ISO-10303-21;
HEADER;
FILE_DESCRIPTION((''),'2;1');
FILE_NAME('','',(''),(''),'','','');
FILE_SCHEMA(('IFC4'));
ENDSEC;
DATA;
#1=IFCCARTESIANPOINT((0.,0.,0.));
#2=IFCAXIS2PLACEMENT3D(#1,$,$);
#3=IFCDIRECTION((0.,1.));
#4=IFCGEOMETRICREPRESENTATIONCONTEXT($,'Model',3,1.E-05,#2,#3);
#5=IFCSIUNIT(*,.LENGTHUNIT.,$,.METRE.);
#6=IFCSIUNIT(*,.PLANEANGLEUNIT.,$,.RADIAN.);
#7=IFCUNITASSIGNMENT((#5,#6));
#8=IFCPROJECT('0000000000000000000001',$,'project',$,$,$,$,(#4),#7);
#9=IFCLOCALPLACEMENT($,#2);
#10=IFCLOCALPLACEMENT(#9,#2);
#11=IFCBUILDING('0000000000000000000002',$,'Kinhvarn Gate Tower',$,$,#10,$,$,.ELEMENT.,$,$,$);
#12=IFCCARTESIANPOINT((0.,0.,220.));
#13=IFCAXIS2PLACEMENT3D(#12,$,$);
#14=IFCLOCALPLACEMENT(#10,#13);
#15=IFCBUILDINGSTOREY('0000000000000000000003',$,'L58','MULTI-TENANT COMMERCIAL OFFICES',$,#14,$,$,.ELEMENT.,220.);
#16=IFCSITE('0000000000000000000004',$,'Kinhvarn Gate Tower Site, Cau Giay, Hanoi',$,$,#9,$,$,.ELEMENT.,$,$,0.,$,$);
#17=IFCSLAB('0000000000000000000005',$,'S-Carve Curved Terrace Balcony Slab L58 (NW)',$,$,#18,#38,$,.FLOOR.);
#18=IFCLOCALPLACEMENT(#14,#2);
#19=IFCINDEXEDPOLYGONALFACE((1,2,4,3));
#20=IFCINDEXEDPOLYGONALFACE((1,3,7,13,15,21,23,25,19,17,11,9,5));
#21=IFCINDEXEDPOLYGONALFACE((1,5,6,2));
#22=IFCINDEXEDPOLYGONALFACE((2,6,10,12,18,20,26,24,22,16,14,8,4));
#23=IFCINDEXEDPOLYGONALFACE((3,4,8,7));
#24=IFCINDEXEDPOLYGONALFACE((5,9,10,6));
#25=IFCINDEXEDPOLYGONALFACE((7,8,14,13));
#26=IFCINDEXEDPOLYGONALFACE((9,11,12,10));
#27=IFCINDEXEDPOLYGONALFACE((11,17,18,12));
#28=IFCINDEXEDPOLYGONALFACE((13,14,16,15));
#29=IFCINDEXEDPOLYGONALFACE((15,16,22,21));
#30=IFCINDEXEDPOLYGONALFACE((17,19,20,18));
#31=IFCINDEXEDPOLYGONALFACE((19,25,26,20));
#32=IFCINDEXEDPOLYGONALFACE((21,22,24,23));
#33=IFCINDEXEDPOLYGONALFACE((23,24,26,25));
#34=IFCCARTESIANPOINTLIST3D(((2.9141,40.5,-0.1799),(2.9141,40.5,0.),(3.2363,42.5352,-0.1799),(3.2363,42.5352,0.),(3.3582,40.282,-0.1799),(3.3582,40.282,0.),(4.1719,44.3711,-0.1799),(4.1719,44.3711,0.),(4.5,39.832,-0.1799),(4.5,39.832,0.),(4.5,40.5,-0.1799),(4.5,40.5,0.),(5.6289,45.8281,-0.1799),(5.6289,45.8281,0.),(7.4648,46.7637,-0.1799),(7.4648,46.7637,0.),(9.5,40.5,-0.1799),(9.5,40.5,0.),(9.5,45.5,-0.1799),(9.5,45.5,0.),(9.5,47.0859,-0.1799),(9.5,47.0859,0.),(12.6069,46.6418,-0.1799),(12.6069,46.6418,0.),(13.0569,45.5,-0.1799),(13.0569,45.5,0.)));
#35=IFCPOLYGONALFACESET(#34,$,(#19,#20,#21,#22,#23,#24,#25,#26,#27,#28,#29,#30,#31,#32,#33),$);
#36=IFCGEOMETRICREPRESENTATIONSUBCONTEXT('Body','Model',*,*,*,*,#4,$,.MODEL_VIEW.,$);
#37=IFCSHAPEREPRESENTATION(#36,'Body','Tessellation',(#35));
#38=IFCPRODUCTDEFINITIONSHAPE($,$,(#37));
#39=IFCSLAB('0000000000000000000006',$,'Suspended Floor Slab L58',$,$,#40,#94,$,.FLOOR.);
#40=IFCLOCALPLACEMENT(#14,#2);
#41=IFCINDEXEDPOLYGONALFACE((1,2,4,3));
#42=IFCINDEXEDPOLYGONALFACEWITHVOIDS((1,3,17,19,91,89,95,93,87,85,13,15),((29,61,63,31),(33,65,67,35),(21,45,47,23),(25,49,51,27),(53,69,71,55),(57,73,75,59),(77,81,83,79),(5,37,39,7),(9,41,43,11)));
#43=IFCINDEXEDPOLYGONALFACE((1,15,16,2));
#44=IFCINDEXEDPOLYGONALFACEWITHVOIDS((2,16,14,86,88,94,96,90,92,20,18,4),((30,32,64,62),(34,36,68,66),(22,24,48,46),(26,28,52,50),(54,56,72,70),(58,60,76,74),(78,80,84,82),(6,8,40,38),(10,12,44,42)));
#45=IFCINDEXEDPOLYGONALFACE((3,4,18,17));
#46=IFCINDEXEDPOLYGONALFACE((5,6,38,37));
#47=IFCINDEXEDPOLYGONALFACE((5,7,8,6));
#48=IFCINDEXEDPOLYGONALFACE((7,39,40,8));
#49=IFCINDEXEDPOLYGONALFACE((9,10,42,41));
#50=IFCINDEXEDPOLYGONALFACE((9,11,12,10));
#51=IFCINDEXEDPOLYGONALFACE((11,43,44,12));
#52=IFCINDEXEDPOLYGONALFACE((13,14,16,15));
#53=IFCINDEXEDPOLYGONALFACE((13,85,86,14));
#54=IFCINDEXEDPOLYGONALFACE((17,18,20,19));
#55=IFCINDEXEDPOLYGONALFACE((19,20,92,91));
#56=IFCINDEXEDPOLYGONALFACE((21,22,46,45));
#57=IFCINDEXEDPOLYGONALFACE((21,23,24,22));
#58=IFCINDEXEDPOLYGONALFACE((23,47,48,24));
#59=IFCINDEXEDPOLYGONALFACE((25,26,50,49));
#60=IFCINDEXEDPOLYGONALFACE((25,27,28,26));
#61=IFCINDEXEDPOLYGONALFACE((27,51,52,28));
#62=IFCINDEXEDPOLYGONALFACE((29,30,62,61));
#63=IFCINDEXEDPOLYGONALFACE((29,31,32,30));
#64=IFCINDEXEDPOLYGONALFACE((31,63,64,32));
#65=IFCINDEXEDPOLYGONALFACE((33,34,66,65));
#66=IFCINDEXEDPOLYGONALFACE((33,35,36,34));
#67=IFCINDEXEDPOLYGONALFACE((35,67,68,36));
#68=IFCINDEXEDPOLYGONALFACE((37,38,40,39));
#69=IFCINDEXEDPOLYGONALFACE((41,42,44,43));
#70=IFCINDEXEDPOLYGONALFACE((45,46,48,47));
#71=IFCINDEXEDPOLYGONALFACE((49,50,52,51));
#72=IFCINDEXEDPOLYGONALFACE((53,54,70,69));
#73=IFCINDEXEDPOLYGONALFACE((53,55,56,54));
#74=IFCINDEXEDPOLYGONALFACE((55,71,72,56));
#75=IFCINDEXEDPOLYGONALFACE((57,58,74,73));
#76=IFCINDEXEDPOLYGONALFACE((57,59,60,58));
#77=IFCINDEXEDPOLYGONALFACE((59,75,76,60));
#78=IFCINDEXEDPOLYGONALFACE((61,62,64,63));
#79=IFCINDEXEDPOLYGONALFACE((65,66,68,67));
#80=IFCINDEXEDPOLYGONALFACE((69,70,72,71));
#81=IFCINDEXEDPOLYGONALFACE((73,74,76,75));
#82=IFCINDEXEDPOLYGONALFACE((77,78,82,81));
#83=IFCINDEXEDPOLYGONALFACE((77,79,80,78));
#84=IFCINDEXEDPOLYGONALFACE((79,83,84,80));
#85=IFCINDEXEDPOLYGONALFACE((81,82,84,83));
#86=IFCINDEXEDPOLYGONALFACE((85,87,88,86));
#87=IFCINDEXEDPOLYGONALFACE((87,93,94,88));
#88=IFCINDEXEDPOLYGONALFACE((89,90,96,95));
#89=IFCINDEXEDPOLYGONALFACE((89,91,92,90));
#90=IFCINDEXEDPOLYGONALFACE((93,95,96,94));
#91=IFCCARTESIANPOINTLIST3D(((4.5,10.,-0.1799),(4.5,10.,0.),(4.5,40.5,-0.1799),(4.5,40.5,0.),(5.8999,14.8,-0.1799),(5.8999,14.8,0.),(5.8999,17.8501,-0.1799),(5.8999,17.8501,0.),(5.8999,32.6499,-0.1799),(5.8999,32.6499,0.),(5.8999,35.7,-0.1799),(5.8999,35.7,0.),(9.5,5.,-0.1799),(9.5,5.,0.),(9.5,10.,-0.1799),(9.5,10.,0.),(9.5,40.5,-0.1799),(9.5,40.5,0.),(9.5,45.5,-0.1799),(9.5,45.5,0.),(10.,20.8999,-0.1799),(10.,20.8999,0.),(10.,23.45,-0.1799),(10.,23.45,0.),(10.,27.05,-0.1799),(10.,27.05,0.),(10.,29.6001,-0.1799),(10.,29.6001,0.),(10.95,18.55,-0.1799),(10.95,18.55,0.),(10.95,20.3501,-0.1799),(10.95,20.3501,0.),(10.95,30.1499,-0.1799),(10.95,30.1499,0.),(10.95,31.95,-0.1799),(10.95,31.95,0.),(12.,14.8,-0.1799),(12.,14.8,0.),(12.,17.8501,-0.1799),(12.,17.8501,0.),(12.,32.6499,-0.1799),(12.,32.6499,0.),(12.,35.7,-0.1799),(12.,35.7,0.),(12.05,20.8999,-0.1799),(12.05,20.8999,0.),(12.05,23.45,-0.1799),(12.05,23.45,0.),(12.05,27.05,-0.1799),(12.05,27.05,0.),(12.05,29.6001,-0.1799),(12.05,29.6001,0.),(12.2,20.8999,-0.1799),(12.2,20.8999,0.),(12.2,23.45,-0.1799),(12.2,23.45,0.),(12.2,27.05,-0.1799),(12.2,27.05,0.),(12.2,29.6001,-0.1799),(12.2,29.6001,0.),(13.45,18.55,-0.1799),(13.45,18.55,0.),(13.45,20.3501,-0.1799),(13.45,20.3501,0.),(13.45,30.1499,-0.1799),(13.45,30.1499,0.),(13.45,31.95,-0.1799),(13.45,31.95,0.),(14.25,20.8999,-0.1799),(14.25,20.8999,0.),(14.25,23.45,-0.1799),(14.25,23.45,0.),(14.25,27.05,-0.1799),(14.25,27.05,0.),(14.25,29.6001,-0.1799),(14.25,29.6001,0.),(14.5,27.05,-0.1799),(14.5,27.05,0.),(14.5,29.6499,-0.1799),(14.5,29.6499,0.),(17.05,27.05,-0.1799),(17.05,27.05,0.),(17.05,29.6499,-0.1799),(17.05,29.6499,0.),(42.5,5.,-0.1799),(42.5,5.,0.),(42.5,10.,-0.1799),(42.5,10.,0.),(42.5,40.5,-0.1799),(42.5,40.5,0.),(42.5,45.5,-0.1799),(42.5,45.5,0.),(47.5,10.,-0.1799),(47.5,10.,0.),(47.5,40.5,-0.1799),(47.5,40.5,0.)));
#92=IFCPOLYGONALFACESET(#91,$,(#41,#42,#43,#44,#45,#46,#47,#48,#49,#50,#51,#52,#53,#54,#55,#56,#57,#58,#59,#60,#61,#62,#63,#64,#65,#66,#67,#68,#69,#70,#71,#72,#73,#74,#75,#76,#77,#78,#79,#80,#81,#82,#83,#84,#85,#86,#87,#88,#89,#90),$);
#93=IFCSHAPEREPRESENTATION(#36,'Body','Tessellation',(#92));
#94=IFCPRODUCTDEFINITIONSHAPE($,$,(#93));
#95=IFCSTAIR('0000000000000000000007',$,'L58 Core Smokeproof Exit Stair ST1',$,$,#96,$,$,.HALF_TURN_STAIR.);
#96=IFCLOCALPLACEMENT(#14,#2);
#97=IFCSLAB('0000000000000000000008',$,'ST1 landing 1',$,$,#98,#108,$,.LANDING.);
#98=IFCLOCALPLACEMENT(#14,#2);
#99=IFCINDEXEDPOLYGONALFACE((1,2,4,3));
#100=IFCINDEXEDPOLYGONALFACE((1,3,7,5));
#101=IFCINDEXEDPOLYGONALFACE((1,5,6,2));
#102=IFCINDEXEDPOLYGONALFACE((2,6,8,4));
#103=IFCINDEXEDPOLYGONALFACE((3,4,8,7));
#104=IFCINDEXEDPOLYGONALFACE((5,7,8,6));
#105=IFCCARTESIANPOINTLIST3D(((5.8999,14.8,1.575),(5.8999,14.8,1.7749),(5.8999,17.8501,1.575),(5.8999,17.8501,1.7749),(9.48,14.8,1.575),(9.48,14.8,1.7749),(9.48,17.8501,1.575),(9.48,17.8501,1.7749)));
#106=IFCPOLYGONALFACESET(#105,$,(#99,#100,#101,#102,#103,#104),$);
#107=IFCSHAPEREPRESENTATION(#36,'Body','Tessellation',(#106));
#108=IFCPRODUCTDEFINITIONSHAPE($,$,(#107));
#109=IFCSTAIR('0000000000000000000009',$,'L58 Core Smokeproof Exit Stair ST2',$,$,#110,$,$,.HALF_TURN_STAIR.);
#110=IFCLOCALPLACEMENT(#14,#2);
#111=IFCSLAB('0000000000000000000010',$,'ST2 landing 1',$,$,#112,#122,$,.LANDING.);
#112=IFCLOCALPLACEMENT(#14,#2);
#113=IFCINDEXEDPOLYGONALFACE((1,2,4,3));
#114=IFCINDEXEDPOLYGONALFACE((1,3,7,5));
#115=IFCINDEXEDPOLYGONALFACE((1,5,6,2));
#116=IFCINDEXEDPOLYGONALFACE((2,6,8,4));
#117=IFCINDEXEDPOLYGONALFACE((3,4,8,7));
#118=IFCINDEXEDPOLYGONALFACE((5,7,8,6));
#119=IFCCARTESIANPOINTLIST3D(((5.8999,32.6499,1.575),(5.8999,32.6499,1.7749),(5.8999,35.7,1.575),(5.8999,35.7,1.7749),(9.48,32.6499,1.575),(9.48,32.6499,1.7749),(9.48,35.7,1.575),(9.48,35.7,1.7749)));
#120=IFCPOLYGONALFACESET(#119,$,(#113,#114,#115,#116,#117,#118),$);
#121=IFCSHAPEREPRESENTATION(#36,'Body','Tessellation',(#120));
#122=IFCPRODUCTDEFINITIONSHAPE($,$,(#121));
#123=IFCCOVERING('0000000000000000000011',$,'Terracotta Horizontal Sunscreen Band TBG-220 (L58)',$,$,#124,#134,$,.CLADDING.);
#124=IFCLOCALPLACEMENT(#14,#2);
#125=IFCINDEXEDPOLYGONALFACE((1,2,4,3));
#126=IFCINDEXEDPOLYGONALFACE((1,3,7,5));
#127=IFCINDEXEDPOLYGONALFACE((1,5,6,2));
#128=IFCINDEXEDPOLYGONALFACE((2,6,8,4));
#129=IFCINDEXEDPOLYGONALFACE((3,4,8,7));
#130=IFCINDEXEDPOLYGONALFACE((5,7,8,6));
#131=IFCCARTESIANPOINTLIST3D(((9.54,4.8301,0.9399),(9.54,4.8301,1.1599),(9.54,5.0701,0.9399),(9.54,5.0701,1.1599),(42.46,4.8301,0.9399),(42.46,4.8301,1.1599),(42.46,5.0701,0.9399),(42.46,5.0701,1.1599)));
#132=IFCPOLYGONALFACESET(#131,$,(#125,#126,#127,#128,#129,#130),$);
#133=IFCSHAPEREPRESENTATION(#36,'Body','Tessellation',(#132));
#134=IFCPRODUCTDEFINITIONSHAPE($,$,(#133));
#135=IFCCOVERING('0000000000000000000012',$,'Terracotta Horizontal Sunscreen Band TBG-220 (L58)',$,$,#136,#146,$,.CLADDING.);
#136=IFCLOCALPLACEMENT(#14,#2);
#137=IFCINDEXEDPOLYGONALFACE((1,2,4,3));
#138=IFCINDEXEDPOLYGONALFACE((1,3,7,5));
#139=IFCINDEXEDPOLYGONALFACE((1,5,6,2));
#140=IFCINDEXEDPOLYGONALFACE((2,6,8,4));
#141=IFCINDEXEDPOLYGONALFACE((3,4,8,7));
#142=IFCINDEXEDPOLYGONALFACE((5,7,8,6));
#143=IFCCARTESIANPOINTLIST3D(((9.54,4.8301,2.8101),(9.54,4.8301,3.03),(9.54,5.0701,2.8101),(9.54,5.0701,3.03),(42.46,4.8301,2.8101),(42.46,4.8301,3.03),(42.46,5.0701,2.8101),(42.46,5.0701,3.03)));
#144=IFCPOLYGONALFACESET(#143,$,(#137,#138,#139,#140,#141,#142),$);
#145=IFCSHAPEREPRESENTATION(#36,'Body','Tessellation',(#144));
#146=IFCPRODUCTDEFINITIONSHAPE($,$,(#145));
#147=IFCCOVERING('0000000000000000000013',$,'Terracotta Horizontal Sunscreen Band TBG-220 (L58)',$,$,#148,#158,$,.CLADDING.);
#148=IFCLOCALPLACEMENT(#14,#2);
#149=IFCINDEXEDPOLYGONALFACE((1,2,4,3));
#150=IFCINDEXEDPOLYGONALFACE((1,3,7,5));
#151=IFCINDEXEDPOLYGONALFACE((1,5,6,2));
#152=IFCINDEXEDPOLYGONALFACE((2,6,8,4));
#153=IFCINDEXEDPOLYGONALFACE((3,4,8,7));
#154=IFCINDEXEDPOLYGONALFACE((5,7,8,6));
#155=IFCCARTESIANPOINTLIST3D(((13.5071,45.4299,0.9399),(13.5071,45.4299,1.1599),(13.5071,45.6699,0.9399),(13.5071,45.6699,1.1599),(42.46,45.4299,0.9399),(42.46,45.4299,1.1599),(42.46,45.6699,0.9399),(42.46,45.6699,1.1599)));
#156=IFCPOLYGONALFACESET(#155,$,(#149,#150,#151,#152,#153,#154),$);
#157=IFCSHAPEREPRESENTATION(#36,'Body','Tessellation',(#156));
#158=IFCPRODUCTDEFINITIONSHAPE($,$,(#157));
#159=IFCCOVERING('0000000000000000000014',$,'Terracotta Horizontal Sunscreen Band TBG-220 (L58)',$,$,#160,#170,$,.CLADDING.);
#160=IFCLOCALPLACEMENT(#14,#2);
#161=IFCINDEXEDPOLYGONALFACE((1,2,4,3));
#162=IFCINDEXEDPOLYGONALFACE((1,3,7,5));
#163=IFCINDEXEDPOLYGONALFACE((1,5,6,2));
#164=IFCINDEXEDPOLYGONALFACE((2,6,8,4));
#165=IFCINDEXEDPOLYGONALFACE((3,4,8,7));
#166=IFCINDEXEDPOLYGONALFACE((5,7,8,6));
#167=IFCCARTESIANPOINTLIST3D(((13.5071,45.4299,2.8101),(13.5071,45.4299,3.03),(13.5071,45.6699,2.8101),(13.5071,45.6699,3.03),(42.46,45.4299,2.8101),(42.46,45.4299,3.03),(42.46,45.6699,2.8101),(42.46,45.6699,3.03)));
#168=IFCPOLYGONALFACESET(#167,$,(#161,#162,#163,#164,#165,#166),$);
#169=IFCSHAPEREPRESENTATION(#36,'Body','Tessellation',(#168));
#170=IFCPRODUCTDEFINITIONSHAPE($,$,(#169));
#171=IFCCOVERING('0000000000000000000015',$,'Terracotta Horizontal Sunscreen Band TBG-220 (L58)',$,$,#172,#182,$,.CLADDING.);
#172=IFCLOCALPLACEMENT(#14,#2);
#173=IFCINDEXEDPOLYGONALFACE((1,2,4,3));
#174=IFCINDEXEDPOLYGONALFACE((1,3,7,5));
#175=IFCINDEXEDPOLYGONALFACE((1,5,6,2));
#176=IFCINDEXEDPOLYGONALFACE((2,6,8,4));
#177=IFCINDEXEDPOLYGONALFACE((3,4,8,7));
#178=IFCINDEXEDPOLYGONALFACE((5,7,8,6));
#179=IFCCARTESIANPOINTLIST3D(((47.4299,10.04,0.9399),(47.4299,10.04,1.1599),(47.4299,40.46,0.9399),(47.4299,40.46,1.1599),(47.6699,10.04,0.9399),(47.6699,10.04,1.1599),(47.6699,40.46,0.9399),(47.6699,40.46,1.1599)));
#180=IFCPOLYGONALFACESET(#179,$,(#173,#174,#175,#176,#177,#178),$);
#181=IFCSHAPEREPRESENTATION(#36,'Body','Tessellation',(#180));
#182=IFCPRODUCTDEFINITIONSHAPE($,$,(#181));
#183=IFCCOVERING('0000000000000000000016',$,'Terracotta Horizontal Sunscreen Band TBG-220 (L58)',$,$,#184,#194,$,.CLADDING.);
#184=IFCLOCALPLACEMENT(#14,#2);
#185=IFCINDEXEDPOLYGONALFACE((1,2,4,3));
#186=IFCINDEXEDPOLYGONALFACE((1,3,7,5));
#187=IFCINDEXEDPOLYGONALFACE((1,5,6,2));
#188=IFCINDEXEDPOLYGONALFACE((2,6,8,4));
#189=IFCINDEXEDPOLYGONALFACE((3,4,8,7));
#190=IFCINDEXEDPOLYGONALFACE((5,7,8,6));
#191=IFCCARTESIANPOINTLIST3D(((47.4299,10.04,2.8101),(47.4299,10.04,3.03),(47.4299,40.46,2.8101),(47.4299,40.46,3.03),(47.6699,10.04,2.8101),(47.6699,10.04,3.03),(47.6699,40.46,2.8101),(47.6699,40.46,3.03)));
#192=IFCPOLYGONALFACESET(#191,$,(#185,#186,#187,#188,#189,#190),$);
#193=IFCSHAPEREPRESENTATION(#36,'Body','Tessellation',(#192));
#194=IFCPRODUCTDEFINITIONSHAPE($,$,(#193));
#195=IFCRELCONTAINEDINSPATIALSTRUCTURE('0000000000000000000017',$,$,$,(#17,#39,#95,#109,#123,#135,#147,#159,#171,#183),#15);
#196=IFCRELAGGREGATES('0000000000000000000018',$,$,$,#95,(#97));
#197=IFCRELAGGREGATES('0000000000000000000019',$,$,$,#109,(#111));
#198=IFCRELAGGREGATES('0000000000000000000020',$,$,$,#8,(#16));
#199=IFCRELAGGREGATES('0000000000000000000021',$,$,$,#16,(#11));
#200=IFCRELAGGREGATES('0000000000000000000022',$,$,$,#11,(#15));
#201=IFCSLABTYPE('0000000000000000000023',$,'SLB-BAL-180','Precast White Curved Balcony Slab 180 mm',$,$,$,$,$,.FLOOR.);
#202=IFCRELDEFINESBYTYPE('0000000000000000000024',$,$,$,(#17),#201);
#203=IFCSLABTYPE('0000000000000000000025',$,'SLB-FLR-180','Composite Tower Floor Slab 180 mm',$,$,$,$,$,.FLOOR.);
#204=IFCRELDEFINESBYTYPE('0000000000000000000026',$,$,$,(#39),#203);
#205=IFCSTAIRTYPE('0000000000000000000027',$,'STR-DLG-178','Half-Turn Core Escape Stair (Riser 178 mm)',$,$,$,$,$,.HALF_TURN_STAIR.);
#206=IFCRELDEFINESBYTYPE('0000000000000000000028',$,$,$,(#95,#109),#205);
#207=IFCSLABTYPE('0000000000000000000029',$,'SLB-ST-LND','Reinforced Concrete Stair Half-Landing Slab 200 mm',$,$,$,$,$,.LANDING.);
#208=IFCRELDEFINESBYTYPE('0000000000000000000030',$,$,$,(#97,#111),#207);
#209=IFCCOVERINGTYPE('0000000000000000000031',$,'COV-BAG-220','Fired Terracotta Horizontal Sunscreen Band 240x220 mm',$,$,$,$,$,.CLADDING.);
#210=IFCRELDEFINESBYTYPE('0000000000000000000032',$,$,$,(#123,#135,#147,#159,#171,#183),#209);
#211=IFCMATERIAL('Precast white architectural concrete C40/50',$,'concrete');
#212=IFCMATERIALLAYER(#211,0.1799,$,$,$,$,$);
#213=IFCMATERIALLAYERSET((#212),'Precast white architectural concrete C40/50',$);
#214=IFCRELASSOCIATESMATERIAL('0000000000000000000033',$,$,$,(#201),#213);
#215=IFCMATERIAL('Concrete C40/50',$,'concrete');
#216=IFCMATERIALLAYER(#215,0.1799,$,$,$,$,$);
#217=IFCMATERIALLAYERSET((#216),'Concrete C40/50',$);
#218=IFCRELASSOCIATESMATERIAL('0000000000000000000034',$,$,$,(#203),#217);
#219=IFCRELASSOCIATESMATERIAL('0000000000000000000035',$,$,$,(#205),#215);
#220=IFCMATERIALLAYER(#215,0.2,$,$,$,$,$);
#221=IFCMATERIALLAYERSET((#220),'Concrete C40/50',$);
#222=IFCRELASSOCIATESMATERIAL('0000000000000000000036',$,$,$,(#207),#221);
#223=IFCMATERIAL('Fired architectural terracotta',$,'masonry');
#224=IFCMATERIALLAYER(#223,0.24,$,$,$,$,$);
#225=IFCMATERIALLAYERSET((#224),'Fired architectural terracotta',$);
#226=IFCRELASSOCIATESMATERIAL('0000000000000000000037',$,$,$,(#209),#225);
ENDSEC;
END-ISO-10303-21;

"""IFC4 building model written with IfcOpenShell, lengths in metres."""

from ifc_helpers import new_model, si_unit, direction, frame, origin, place, context, subcontext, project, spatial, polyline, outline, extrude, material, layer, layer_set, type_object, element, aggregate, save


model = new_model("IFC4")

# Units and contexts
model_context = context("Model", 3, precision=1e-05, world=origin(), true_north=direction((0.0, 1.0)))
body_context = subcontext(model_context, "Body", "Model", "MODEL_VIEW")
ifc_project = project(units=[si_unit("LENGTHUNIT", "METRE"), si_unit("PLANEANGLEUNIT", "RADIAN")], contexts=[model_context])

# Site, building, storey
site_placement = place(None, origin())
site = spatial("IfcSite", under=ifc_project, at=site_placement, Name="Kinhvarn Gate Tower Site, Cau Giay, Hanoi", CompositionType="ELEMENT", RefElevation=0.0)
building_placement = place(site_placement, origin())
building = spatial("IfcBuilding", under=site, at=building_placement, Name="Kinhvarn Gate Tower", CompositionType="ELEMENT")
storey_placement = place(building_placement, frame((0.0, 0.0, 220.0)))
storey = spatial("IfcBuildingStorey", under=building, at=storey_placement, Name="L58", Description="MULTI-TENANT COMMERCIAL OFFICES", CompositionType="ELEMENT", Elevation=220.0)

# Slabs
ifc_material_1 = material(Name="Precast white architectural concrete C40/50", Category="concrete")
ifc_layer_1 = layer(ifc_material_1, 0.1799)
ifc_layer_set_1 = layer_set([ifc_layer_1], Name="Precast white architectural concrete C40/50")
slab_type_1 = type_object("IfcSlabType", Name="SLB-BAL-180", Description="Precast White Curved Balcony Slab 180 mm", PredefinedType="FLOOR", material=ifc_layer_set_1)
slab_1_placement = place(storey_placement, frame((0.0, 0.0, -0.1799)))
element("IfcSlab", 1, at=slab_1_placement, inside=storey, type_object=slab_type_1, Name="S-Carve Curved Terrace Balcony Slab L58 (NW)", PredefinedType="FLOOR", context=body_context, shape_type="SweptSolid", body=[
    extrude(outline(polyline([(13.0569, 45.5), (12.6069, 46.6418), (9.5, 47.0859), (7.4648, 46.7637), (5.6289, 45.8281), (4.1719, 44.3711), (3.2363, 42.5352), (2.9141, 40.5), (3.3582, 40.282), (4.5, 39.832), (4.5, 40.5), (9.5, 40.5), (9.5, 45.5), (13.0569, 45.5)])), origin(), (0.0, 0.0, 1.0), 0.1799),
])
ifc_material_2 = material(Name="Concrete C40/50", Category="concrete")
ifc_layer_2 = layer(ifc_material_2, 0.1799)
ifc_layer_set_2 = layer_set([ifc_layer_2], Name="Concrete C40/50")
slab_type_2 = type_object("IfcSlabType", Name="SLB-FLR-180", Description="Composite Tower Floor Slab 180 mm", PredefinedType="FLOOR", material=ifc_layer_set_2)
slab_2_placement = place(storey_placement, frame((0.0, 0.0, -0.1799)))
element("IfcSlab", 2, at=slab_2_placement, inside=storey, type_object=slab_type_2, Name="Suspended Floor Slab L58", PredefinedType="FLOOR", context=body_context, shape_type="SweptSolid", body=[
    extrude(outline(polyline([(9.5, 5.0), (42.5, 5.0), (42.5, 10.0), (47.5, 10.0), (47.5, 40.5), (42.5, 40.5), (42.5, 45.5), (9.5, 45.5), (9.5, 40.5), (4.5, 40.5), (4.5, 10.0), (9.5, 10.0), (9.5, 5.0)]), holes=[polyline([(5.8999, 14.8), (12.0, 14.8), (12.0, 17.8501), (5.8999, 17.8501), (5.8999, 14.8)]), polyline([(5.8999, 32.6499), (12.0, 32.6499), (12.0, 35.7), (5.8999, 35.7), (5.8999, 32.6499)]), polyline([(10.0, 20.8999), (12.05, 20.8999), (12.05, 23.45), (10.0, 23.45), (10.0, 20.8999)]), polyline([(12.2, 20.8999), (14.25, 20.8999), (14.25, 23.45), (12.2, 23.45), (12.2, 20.8999)]), polyline([(10.0, 27.05), (12.05, 27.05), (12.05, 29.6001), (10.0, 29.6001), (10.0, 27.05)]), polyline([(12.2, 27.05), (14.25, 27.05), (14.25, 29.6001), (12.2, 29.6001), (12.2, 27.05)]), polyline([(14.5, 27.05), (17.05, 27.05), (17.05, 29.6499), (14.5, 29.6499), (14.5, 27.05)]), polyline([(10.95, 18.55), (13.45, 18.55), (13.45, 20.3501), (10.95, 20.3501), (10.95, 18.55)]), polyline([(10.95, 30.1499), (13.45, 30.1499), (13.45, 31.95), (10.95, 31.95), (10.95, 30.1499)])]), origin(), (0.0, 0.0, 1.0), 0.1799),
])

# Stairs, slabs
stair_type = type_object("IfcStairType", Name="STR-DLG-178", Description="Half-Turn Core Escape Stair (Riser 178 mm)", PredefinedType="HALF_TURN_STAIR", material=ifc_material_2)
stair_1_placement = place(storey_placement, origin())
stair_1 = element("IfcStair", 3, at=stair_1_placement, inside=storey, type_object=stair_type, Name="L58 Core Smokeproof Exit Stair ST1", PredefinedType="HALF_TURN_STAIR")
ifc_layer_3 = layer(ifc_material_2, 0.2)
ifc_layer_set_3 = layer_set([ifc_layer_3], Name="Concrete C40/50")
slab_type_3 = type_object("IfcSlabType", Name="SLB-ST-LND", Description="Reinforced Concrete Stair Half-Landing Slab 200 mm", PredefinedType="LANDING", material=ifc_layer_set_3)
slab_3_placement = place(storey_placement, frame((0.0, 0.0, 1.575)))
slab_3 = element("IfcSlab", 4, at=slab_3_placement, type_object=slab_type_3, Name="ST1 landing 1", PredefinedType="LANDING", context=body_context, shape_type="SweptSolid", body=[
    extrude(outline(polyline([(9.48, 17.8501), (5.8999, 17.8501), (5.8999, 14.8), (9.48, 14.8), (9.48, 17.8501)])), origin(), (0.0, 0.0, 1.0), 0.2),
])
aggregate(stair_1, [slab_3])
stair_2_placement = place(storey_placement, origin())
stair_2 = element("IfcStair", 5, at=stair_2_placement, inside=storey, type_object=stair_type, Name="L58 Core Smokeproof Exit Stair ST2", PredefinedType="HALF_TURN_STAIR")
slab_4_placement = place(storey_placement, frame((0.0, 0.0, 1.575)))
slab_4 = element("IfcSlab", 6, at=slab_4_placement, type_object=slab_type_3, Name="ST2 landing 1", PredefinedType="LANDING", context=body_context, shape_type="SweptSolid", body=[
    extrude(outline(polyline([(9.48, 35.7), (5.8999, 35.7), (5.8999, 32.6499), (9.48, 32.6499), (9.48, 35.7)])), origin(), (0.0, 0.0, 1.0), 0.2),
])
aggregate(stair_2, [slab_4])

# Coverings
ifc_material_3 = material(Name="Fired architectural terracotta", Category="masonry")
ifc_layer_4 = layer(ifc_material_3, 0.24)
ifc_layer_set_4 = layer_set([ifc_layer_4], Name="Fired architectural terracotta")
covering_type_1 = type_object("IfcCoveringType", Name="COV-BAG-220", Description="Fired Terracotta Horizontal Sunscreen Band 240x220 mm", PredefinedType="CLADDING", material=ifc_layer_set_4)
for number, where, name in (
    (7, (0.0, 0.0, 0.9399), "Terracotta Horizontal Sunscreen Band TBG-220 (L58)"),
    (8, (0.0, 0.0, 2.8101), "Terracotta Horizontal Sunscreen Band TBG-220 (L58)"),
):
    element("IfcCovering", number, at=place(storey_placement, frame(where)), inside=storey, type_object=covering_type_1, Name=name, PredefinedType="CLADDING", context=body_context, shape_type="SweptSolid", body=[
        extrude(outline(polyline([(9.54, 5.0701), (42.46, 5.0701), (42.46, 4.8301), (9.54, 4.8301), (9.54, 5.0701)])), origin(), (0.0, 0.0, 1.0), 0.22),
    ])
for number, where, name in (
    (9, (0.0, 0.0, 0.9399), "Terracotta Horizontal Sunscreen Band TBG-220 (L58)"),
    (10, (0.0, 0.0, 2.8101), "Terracotta Horizontal Sunscreen Band TBG-220 (L58)"),
):
    element("IfcCovering", number, at=place(storey_placement, frame(where)), inside=storey, type_object=covering_type_1, Name=name, PredefinedType="CLADDING", context=body_context, shape_type="SweptSolid", body=[
        extrude(outline(polyline([(42.46, 45.4299), (13.5071, 45.4299), (13.5071, 45.6699), (42.46, 45.6699), (42.46, 45.4299)])), origin(), (0.0, 0.0, 1.0), 0.22),
    ])
for number, where, name in (
    (11, (0.0, 0.0, 0.9399), "Terracotta Horizontal Sunscreen Band TBG-220 (L58)"),
    (12, (0.0, 0.0, 2.8101), "Terracotta Horizontal Sunscreen Band TBG-220 (L58)"),
):
    element("IfcCovering", number, at=place(storey_placement, frame(where)), inside=storey, type_object=covering_type_1, Name=name, PredefinedType="CLADDING", context=body_context, shape_type="SweptSolid", body=[
        extrude(outline(polyline([(47.4299, 10.04), (47.4299, 40.46), (47.6699, 40.46), (47.6699, 10.04), (47.4299, 10.04)])), origin(), (0.0, 0.0, 1.0), 0.22),
    ])

save(model, "model.ifc")
